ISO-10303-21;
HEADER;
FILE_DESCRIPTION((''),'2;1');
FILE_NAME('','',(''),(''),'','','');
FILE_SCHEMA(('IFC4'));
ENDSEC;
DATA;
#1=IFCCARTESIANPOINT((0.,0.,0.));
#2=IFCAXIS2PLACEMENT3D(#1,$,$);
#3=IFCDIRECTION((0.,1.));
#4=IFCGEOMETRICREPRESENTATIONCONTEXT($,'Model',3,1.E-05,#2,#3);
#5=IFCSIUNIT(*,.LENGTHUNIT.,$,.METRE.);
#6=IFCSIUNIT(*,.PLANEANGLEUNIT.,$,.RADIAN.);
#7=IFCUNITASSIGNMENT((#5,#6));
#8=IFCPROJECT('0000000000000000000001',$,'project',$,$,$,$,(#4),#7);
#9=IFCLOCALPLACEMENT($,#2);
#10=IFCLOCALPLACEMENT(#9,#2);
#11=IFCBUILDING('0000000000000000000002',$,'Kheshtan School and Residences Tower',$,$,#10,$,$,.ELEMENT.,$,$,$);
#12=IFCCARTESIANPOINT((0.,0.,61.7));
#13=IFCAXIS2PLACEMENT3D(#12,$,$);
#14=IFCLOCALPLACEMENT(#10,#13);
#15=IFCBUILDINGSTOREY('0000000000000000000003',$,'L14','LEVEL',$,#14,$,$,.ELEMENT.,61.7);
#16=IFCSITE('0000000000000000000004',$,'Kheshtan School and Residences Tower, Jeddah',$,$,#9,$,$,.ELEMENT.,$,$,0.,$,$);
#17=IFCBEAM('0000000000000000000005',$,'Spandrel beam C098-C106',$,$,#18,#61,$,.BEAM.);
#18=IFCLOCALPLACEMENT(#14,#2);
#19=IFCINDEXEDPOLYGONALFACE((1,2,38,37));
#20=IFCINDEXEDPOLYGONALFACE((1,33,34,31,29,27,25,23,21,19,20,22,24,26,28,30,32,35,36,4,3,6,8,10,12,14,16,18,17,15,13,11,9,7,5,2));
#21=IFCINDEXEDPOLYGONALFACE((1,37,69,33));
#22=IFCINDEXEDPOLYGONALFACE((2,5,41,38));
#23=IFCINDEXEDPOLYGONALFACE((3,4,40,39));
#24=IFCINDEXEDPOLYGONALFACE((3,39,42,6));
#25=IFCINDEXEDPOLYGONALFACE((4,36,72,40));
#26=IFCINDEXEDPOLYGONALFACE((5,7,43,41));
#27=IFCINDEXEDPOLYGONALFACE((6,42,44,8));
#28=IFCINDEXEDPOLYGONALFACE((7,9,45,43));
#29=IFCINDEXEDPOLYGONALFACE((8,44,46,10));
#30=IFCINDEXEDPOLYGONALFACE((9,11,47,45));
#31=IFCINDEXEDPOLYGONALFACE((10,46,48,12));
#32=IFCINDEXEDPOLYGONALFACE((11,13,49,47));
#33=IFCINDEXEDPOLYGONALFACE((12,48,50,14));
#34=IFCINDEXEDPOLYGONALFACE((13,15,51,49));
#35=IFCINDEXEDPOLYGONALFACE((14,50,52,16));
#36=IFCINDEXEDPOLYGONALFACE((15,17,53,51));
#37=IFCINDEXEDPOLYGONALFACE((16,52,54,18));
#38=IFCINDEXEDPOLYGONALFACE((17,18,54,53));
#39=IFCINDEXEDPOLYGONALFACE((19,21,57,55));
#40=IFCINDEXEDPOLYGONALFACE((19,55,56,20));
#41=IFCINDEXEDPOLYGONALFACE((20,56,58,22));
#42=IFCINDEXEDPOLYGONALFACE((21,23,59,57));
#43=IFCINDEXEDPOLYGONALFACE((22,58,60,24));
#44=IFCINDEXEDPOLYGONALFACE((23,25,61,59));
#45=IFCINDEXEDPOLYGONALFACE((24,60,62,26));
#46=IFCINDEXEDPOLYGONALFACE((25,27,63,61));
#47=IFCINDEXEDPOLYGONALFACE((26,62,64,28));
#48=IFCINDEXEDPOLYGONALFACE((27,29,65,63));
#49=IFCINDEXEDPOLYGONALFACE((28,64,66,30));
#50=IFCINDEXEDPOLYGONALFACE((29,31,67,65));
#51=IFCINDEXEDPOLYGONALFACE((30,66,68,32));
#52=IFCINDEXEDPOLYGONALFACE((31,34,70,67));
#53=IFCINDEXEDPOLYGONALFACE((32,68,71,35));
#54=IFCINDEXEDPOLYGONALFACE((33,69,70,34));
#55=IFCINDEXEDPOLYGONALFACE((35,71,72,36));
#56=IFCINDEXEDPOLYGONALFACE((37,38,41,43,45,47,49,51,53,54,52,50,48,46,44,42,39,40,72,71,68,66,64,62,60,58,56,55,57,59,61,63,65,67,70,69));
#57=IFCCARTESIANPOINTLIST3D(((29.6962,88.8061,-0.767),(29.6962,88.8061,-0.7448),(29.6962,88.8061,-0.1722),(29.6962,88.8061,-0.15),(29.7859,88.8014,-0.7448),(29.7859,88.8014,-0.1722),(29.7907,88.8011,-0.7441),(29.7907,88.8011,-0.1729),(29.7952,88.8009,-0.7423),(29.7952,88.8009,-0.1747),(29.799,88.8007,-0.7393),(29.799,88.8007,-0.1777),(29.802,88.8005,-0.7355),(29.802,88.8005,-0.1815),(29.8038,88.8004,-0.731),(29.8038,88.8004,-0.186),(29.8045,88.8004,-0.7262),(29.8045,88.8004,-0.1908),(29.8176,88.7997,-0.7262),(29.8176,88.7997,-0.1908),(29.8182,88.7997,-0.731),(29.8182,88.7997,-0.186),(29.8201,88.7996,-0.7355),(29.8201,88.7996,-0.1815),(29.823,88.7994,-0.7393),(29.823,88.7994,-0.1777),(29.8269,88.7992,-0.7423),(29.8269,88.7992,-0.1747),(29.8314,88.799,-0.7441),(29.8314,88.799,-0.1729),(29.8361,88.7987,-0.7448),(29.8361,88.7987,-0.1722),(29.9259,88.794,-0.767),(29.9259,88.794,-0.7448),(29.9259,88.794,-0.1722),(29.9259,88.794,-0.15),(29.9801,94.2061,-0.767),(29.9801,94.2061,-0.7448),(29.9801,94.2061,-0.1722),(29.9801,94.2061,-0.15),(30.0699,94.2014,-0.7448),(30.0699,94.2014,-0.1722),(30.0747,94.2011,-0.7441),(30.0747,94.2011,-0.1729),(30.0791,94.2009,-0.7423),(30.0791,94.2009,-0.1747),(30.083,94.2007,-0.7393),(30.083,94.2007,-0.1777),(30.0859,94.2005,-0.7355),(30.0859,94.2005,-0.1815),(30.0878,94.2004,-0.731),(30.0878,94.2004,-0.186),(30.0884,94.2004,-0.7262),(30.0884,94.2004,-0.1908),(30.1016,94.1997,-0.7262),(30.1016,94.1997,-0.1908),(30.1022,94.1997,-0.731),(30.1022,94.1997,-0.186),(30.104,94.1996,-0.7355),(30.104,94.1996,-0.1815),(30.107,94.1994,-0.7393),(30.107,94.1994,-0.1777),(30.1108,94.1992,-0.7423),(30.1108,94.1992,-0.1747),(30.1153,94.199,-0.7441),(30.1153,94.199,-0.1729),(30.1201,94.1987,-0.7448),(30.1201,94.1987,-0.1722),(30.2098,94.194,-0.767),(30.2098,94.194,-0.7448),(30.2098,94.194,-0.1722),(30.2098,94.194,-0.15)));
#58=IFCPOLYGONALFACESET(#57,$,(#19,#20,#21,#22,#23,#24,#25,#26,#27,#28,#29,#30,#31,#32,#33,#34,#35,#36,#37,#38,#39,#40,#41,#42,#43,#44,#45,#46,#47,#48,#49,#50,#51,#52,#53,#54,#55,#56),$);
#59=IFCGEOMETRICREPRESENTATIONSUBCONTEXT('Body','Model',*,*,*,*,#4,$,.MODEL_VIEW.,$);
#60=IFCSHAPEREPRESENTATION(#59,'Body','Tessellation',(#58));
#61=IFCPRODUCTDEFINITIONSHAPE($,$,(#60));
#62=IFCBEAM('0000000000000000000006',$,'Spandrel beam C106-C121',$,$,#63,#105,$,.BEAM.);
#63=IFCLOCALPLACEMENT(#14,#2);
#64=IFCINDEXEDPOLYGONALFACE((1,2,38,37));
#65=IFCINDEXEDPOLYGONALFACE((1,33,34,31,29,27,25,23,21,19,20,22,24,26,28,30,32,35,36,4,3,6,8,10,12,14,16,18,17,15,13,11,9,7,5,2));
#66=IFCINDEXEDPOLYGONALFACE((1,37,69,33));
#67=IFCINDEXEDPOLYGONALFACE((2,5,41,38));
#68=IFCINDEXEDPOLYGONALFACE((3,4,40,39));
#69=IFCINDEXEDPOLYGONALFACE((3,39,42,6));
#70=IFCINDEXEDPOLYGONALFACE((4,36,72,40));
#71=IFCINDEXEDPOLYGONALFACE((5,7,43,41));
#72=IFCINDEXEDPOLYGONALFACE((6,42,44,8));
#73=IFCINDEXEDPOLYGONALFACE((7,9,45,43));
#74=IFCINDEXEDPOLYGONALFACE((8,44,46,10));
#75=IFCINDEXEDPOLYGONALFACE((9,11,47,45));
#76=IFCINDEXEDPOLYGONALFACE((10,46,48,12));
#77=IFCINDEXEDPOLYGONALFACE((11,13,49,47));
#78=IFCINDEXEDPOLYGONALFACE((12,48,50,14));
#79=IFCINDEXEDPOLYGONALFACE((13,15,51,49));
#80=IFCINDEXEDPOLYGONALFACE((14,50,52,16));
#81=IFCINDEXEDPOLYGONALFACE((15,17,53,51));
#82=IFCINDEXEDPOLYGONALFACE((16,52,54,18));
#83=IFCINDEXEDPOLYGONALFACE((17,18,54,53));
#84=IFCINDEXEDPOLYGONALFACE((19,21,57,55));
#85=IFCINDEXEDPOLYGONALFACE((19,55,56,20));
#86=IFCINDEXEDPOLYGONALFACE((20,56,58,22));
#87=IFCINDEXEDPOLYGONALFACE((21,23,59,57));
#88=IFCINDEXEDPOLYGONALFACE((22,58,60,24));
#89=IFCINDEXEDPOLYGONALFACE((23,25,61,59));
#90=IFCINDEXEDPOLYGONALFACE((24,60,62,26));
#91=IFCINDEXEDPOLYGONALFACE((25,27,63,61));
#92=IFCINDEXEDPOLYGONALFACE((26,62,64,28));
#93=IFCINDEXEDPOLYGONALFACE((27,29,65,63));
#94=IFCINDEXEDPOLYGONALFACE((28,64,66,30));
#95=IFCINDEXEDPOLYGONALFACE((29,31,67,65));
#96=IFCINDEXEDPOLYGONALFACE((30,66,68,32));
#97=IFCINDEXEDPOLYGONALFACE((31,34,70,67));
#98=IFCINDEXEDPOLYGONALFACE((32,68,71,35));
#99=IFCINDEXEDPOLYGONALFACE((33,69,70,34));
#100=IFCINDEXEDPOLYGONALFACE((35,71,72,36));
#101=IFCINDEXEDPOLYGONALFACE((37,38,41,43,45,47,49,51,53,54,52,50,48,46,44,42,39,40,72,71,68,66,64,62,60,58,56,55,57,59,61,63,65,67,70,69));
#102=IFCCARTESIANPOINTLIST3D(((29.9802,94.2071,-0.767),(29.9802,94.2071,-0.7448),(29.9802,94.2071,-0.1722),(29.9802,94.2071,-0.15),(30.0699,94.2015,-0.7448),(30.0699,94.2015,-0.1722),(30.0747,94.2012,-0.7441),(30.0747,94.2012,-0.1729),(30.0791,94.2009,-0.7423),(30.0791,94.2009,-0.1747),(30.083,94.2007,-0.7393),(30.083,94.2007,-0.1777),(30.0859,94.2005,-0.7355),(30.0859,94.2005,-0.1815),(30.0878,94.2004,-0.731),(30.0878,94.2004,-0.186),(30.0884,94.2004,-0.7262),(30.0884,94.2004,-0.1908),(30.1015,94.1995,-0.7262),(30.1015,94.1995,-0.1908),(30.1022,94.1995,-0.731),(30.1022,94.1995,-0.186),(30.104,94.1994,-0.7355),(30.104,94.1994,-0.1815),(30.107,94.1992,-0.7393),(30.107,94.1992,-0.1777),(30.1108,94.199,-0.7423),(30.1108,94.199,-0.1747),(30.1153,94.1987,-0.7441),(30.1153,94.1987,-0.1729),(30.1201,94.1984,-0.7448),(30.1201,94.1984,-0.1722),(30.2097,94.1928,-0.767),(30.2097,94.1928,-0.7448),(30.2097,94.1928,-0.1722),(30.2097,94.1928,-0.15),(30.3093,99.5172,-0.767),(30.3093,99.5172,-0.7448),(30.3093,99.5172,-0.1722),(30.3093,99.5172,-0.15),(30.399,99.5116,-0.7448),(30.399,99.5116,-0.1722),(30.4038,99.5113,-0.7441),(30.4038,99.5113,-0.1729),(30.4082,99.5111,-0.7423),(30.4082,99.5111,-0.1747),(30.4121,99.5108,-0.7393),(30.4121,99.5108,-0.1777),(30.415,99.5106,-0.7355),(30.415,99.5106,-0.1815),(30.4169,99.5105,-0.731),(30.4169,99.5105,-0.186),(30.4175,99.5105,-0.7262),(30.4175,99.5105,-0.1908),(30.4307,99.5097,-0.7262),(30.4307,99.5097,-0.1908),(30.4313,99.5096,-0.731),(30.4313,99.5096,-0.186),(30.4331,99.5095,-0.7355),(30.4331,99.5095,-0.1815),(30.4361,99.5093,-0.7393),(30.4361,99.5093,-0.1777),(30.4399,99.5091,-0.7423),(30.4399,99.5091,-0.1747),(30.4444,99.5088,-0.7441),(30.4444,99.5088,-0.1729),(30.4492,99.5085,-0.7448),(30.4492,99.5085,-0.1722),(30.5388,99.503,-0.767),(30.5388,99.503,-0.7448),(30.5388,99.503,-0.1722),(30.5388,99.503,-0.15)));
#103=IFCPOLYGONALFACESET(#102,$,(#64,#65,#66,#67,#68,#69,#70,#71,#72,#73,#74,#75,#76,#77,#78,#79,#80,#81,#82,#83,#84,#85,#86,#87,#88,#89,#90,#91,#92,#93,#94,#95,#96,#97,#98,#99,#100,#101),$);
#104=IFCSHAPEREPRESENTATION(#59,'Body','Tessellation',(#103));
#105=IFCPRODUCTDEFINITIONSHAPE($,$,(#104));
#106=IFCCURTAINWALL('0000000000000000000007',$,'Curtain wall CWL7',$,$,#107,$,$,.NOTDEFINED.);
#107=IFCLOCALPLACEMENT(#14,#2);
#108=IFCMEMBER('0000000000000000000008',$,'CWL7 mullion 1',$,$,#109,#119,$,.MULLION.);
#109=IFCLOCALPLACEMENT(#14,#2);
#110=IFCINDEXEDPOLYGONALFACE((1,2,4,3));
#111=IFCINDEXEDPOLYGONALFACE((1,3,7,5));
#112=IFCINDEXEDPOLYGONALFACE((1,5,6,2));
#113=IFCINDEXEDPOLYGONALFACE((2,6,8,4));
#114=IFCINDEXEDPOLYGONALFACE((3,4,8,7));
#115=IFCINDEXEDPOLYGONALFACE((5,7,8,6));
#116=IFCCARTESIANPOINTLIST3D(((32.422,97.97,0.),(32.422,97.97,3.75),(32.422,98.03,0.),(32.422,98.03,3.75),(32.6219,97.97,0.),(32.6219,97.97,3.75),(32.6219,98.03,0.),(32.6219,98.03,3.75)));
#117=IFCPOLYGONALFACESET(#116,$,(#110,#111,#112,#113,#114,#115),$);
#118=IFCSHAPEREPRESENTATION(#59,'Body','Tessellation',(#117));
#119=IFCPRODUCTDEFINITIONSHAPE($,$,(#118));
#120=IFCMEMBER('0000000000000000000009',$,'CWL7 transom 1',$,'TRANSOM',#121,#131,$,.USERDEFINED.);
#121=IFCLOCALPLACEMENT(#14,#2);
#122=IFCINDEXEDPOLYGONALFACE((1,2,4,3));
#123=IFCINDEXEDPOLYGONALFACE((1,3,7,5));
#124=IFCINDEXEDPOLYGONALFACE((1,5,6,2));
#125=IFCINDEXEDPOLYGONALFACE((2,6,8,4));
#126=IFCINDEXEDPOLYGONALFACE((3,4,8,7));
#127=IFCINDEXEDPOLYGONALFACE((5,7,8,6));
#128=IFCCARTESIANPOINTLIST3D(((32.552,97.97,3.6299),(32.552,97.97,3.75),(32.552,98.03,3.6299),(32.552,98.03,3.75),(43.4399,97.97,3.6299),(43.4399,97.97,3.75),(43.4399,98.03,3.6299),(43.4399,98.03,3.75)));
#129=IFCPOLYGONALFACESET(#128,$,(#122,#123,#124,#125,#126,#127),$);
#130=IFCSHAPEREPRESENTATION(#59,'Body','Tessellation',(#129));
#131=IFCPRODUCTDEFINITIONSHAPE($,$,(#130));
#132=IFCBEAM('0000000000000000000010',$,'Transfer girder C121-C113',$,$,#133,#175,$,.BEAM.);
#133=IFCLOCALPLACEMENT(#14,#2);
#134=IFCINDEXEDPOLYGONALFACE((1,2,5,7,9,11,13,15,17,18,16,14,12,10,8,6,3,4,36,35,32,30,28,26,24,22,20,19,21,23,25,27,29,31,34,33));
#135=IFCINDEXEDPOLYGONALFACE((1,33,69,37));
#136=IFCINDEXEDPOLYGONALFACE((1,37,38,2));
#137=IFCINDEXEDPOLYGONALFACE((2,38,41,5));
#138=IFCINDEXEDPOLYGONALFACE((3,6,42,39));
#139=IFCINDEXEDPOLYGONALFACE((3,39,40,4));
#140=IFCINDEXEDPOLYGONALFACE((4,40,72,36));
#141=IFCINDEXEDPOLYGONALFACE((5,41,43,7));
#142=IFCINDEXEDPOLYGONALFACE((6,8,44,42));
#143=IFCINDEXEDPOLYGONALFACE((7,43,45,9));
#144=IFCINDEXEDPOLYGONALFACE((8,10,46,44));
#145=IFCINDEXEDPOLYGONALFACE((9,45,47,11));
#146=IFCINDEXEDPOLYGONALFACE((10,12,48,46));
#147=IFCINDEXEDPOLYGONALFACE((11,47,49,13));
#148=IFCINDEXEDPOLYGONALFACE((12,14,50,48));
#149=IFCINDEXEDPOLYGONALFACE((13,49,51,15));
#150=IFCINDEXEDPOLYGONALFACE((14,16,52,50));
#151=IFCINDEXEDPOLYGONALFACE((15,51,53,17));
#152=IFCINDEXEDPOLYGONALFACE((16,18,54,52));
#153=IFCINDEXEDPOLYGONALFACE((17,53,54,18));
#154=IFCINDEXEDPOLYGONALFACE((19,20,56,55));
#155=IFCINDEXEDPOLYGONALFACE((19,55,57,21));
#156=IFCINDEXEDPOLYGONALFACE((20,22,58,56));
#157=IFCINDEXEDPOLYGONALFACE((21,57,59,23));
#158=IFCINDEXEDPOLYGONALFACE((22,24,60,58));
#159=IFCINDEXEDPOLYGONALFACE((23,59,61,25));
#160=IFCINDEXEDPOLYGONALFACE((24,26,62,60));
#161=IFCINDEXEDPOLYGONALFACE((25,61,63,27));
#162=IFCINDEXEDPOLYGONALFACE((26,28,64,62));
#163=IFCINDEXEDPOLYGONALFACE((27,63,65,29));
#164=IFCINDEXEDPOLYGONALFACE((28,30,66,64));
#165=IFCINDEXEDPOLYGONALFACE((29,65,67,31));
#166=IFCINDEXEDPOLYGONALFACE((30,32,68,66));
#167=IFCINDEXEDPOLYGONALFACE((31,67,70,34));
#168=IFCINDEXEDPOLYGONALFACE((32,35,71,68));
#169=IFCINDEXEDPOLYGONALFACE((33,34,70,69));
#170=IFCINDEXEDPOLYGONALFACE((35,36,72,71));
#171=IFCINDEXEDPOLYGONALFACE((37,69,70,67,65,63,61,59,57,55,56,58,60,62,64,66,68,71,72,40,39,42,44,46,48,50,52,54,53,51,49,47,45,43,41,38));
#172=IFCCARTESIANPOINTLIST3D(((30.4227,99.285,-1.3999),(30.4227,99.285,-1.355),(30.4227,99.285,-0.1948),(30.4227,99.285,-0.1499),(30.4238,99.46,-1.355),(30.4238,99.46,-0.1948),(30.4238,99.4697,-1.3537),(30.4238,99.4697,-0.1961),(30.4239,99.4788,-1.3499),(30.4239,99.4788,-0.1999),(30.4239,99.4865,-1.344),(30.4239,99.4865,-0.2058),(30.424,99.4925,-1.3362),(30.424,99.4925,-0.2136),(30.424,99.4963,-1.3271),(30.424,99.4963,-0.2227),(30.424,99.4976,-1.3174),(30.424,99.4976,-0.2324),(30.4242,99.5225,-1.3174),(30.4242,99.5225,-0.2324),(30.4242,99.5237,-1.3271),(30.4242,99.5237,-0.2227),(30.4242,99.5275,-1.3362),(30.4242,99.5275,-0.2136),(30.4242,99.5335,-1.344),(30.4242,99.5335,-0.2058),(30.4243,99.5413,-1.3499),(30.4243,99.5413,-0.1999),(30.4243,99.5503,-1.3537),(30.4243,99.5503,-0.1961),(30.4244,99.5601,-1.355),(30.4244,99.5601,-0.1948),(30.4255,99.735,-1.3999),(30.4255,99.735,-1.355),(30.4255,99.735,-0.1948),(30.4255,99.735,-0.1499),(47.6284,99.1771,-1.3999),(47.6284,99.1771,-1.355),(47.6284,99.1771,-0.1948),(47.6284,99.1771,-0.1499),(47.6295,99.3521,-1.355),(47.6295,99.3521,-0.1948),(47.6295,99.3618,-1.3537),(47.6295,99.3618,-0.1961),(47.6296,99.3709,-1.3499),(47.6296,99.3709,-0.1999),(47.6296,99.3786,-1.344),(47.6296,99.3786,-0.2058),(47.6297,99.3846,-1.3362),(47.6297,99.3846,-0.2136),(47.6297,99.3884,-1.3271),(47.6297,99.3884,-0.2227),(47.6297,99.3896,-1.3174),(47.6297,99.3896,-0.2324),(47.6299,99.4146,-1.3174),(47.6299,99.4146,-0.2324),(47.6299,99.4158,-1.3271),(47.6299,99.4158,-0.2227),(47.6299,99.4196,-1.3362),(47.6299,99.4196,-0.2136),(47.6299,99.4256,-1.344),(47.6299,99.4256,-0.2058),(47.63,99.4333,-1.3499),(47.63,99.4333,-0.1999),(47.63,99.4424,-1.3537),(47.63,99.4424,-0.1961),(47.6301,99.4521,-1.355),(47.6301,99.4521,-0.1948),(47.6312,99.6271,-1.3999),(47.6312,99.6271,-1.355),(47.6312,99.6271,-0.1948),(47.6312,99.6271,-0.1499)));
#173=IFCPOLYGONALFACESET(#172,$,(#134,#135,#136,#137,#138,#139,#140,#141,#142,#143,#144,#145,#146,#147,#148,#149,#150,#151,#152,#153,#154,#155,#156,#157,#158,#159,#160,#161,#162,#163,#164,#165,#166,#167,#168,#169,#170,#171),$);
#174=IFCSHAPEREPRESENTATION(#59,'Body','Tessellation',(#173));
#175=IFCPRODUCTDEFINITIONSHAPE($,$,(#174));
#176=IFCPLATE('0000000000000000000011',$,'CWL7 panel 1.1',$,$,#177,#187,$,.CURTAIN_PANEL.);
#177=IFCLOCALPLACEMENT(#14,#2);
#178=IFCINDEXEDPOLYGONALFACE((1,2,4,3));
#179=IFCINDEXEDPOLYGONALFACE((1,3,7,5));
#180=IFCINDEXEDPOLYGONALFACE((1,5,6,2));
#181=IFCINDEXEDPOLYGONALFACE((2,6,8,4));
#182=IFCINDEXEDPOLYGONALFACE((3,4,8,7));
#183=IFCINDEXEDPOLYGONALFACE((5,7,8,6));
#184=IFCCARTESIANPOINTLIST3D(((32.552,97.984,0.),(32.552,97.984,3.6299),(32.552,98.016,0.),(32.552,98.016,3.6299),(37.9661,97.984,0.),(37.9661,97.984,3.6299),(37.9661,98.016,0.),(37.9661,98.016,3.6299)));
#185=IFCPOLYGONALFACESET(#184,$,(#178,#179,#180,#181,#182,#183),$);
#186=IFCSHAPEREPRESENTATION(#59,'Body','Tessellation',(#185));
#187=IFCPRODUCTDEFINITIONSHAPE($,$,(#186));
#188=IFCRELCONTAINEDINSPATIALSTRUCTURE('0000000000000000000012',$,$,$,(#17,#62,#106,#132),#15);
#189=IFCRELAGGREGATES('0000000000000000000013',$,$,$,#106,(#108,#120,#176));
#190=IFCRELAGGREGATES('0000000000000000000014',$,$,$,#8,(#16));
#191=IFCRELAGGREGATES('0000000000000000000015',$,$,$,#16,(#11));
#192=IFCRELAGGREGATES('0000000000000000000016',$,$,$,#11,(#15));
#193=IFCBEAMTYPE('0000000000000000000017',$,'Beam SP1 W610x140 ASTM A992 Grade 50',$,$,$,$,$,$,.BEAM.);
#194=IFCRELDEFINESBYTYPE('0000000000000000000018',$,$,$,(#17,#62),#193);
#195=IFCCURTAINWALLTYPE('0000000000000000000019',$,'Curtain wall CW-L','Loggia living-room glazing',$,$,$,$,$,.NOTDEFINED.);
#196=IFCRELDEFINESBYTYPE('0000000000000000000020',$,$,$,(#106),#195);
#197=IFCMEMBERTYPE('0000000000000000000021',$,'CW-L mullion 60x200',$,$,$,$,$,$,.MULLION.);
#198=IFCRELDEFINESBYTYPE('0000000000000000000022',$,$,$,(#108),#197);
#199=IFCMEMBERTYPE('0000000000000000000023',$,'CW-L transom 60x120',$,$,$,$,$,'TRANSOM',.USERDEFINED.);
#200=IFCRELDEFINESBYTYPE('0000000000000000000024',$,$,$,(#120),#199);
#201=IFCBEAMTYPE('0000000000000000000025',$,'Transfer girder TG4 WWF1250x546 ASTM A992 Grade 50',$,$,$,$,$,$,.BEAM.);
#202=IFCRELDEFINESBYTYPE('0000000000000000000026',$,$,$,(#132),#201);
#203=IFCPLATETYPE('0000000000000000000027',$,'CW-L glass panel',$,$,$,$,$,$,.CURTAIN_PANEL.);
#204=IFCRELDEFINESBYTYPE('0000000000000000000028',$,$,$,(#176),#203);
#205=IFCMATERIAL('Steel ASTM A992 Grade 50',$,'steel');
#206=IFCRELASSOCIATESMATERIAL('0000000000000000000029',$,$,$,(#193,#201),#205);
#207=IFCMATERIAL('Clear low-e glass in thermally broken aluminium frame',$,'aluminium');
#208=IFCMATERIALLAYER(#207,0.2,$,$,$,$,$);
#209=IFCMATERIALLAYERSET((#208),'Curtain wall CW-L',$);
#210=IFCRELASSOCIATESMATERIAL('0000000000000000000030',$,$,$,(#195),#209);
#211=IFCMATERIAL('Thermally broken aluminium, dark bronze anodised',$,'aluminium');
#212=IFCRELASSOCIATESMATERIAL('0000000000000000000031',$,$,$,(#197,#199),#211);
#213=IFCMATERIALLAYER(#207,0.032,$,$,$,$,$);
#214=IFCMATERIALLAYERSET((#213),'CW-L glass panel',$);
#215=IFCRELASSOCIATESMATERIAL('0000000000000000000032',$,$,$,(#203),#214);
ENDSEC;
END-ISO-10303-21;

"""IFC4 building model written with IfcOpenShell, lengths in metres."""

from ifc_helpers import new_model, si_unit, direction, frame, origin, origin_2d, place, context, subcontext, project, spatial, rectangle, i_section, extrude, material, layer, layer_set, material_profile, profile_set, type_object, element, aggregate, save


model = new_model("IFC4")

# Units and contexts
model_context = context("Model", 3, precision=1e-05, world=origin(), true_north=direction((0.0, 1.0)))
body_context = subcontext(model_context, "Body", "Model", "MODEL_VIEW")
ifc_project = project(units=[si_unit("LENGTHUNIT", "METRE"), si_unit("PLANEANGLEUNIT", "RADIAN")], contexts=[model_context])

# Site, building, storey
site_placement = place(None, origin())
site = spatial("IfcSite", under=ifc_project, at=site_placement, Name="Kheshtan School and Residences Tower, Jeddah", CompositionType="ELEMENT", RefElevation=0.0)
building_placement = place(site_placement, origin())
building = spatial("IfcBuilding", under=site, at=building_placement, Name="Kheshtan School and Residences Tower", CompositionType="ELEMENT")
storey_placement = place(building_placement, frame((0.0, 0.0, 61.7)))
storey = spatial("IfcBuildingStorey", under=building, at=storey_placement, Name="L14", Description="LEVEL", CompositionType="ELEMENT", Elevation=61.7)

# Shared definitions
ifc_material_1 = material(Name="Steel ASTM A992 Grade 50", Category="steel")

# Beams
ifc_material_profile_1 = material_profile(ifc_material_1, i_section(OverallWidth=0.23, OverallDepth=0.6169, WebThickness=0.0132, FlangeThickness=0.0222, FilletRadius=0.0186, at=origin_2d()), Name="W610x140")
ifc_profile_set_1 = profile_set([ifc_material_profile_1], Name="Steel ASTM A992 Grade 50")
beam_type_1 = type_object("IfcBeamType", Name="Beam SP1 W610x140 ASTM A992 Grade 50", PredefinedType="BEAM", material=ifc_profile_set_1)
beam_1_placement = place(storey_placement, frame((29.811, 88.8, -0.4585), z_axis=(0.052509, 0.99862, 0.0), x_axis=(-0.99862, 0.052509, 0.0)))
element("IfcBeam", 1, at=beam_1_placement, inside=storey, type_object=beam_type_1, Name="Spandrel beam C098-C106", PredefinedType="BEAM", context=body_context, shape_type="SweptSolid", body=[
    extrude(i_section(OverallWidth=0.23, OverallDepth=0.6169, WebThickness=0.0132, FlangeThickness=0.0222, FilletRadius=0.0186, at=origin_2d()), origin(), (0.0, 0.0, 1.0), 5.4075),
])
beam_2_placement = place(storey_placement, frame((30.095, 94.2, -0.4585), z_axis=(0.061858, 0.998085, 0.0), x_axis=(-0.998085, 0.061858, 0.0)))
element("IfcBeam", 2, at=beam_2_placement, inside=storey, type_object=beam_type_1, Name="Spandrel beam C106-C121", PredefinedType="BEAM", context=body_context, shape_type="SweptSolid", body=[
    extrude(i_section(OverallWidth=0.23, OverallDepth=0.6169, WebThickness=0.0132, FlangeThickness=0.0222, FilletRadius=0.0186, at=origin_2d()), origin(), (0.0, 0.0, 1.0), 5.3203),
])

# Curtain wall, members
ifc_material_2 = material(Name="Clear low-e glass in thermally broken aluminium frame", Category="aluminium")
ifc_layer_1 = layer(ifc_material_2, 0.2)
ifc_layer_set_1 = layer_set([ifc_layer_1], Name="Curtain wall CW-L")
curtain_wall_type = type_object("IfcCurtainWallType", Name="Curtain wall CW-L", Description="Loggia living-room glazing", PredefinedType="NOTDEFINED", material=ifc_layer_set_1)
curtain_wall_placement = place(storey_placement, origin())
curtain_wall = element("IfcCurtainWall", 3, at=curtain_wall_placement, inside=storey, type_object=curtain_wall_type, Name="Curtain wall CWL7", PredefinedType="NOTDEFINED")
ifc_material_3 = material(Name="Thermally broken aluminium, dark bronze anodised", Category="aluminium")
ifc_material_profile_2 = material_profile(ifc_material_3, rectangle(XDim=0.0601, YDim=0.2, at=origin_2d()), Name="CW-L mullion 60x200")
ifc_profile_set_2 = profile_set([ifc_material_profile_2], Name="Thermally broken aluminium, dark bronze anodised")
member_type_1 = type_object("IfcMemberType", Name="CW-L mullion 60x200", PredefinedType="MULLION", material=ifc_profile_set_2)
member_1_placement = place(storey_placement, frame((32.522, 98.0, 0.0), z_axis=(0.0, 0.0, 1.0), x_axis=(0.0, 1.0, 0.0)))
member_1 = element("IfcMember", 4, at=member_1_placement, type_object=member_type_1, Name="CWL7 mullion 1", PredefinedType="MULLION", context=body_context, shape_type="SweptSolid", body=[
    extrude(rectangle(XDim=0.0601, YDim=0.2, at=origin_2d()), origin(), (0.0, 0.0, 1.0), 3.75),
])
ifc_material_profile_3 = material_profile(ifc_material_3, rectangle(XDim=0.0601, YDim=0.1201, at=origin_2d()), Name="CW-L transom 60x120")
ifc_profile_set_3 = profile_set([ifc_material_profile_3], Name="Thermally broken aluminium, dark bronze anodised")
member_type_2 = type_object("IfcMemberType", Name="CW-L transom 60x120", ElementType="TRANSOM", PredefinedType="USERDEFINED", material=ifc_profile_set_3)
member_2_placement = place(storey_placement, frame((32.552, 98.0, 3.6899), z_axis=(1.0, 0.0, 0.0), x_axis=(0.0, 1.0, 0.0)))
member_2 = element("IfcMember", 5, at=member_2_placement, type_object=member_type_2, Name="CWL7 transom 1", ObjectType="TRANSOM", PredefinedType="USERDEFINED", context=body_context, shape_type="SweptSolid", body=[
    extrude(rectangle(XDim=0.0601, YDim=0.1201, at=origin_2d()), origin(), (0.0, 0.0, 1.0), 10.8879),
])

# Beam
ifc_material_profile_4 = material_profile(ifc_material_1, i_section(OverallWidth=0.45, OverallDepth=1.25, WebThickness=0.0249, FlangeThickness=0.0449, FilletRadius=0.0376, at=origin_2d()), Name="WWF1250x546")
ifc_profile_set_4 = profile_set([ifc_material_profile_4], Name="Steel ASTM A992 Grade 50")
beam_type_2 = type_object("IfcBeamType", Name="Transfer girder TG4 WWF1250x546 ASTM A992 Grade 50", PredefinedType="BEAM", material=ifc_profile_set_4)
beam_3_placement = place(storey_placement, frame((30.4241, 99.51, -0.7749), z_axis=(0.99998, -0.006272, 0.0), x_axis=(0.006272, 0.99998, 0.0)))
element("IfcBeam", 6, at=beam_3_placement, inside=storey, type_object=beam_type_2, Name="Transfer girder C121-C113", PredefinedType="BEAM", context=body_context, shape_type="SweptSolid", body=[
    extrude(i_section(OverallWidth=0.45, OverallDepth=1.25, WebThickness=0.0249, FlangeThickness=0.0449, FilletRadius=0.0376, at=origin_2d()), origin(), (0.0, 0.0, 1.0), 17.2061),
])

# Plate
ifc_layer_2 = layer(ifc_material_2, 0.032)
ifc_layer_set_2 = layer_set([ifc_layer_2], Name="CW-L glass panel")
plate_type = type_object("IfcPlateType", Name="CW-L glass panel", PredefinedType="CURTAIN_PANEL", material=ifc_layer_set_2)
plate_placement = place(storey_placement, frame((35.259, 98.0, 0.0), z_axis=(0.0, 0.0, 1.0), x_axis=(1.0, 0.0, 0.0)))
plate = element("IfcPlate", 7, at=plate_placement, type_object=plate_type, Name="CWL7 panel 1.1", PredefinedType="CURTAIN_PANEL", context=body_context, shape_type="SweptSolid", body=[
    extrude(rectangle(XDim=5.4141, YDim=0.032, at=origin_2d()), origin(), (0.0, 0.0, 1.0), 3.6299),
])
aggregate(curtain_wall, [member_1, member_2, plate])

save(model, "model.ifc")
